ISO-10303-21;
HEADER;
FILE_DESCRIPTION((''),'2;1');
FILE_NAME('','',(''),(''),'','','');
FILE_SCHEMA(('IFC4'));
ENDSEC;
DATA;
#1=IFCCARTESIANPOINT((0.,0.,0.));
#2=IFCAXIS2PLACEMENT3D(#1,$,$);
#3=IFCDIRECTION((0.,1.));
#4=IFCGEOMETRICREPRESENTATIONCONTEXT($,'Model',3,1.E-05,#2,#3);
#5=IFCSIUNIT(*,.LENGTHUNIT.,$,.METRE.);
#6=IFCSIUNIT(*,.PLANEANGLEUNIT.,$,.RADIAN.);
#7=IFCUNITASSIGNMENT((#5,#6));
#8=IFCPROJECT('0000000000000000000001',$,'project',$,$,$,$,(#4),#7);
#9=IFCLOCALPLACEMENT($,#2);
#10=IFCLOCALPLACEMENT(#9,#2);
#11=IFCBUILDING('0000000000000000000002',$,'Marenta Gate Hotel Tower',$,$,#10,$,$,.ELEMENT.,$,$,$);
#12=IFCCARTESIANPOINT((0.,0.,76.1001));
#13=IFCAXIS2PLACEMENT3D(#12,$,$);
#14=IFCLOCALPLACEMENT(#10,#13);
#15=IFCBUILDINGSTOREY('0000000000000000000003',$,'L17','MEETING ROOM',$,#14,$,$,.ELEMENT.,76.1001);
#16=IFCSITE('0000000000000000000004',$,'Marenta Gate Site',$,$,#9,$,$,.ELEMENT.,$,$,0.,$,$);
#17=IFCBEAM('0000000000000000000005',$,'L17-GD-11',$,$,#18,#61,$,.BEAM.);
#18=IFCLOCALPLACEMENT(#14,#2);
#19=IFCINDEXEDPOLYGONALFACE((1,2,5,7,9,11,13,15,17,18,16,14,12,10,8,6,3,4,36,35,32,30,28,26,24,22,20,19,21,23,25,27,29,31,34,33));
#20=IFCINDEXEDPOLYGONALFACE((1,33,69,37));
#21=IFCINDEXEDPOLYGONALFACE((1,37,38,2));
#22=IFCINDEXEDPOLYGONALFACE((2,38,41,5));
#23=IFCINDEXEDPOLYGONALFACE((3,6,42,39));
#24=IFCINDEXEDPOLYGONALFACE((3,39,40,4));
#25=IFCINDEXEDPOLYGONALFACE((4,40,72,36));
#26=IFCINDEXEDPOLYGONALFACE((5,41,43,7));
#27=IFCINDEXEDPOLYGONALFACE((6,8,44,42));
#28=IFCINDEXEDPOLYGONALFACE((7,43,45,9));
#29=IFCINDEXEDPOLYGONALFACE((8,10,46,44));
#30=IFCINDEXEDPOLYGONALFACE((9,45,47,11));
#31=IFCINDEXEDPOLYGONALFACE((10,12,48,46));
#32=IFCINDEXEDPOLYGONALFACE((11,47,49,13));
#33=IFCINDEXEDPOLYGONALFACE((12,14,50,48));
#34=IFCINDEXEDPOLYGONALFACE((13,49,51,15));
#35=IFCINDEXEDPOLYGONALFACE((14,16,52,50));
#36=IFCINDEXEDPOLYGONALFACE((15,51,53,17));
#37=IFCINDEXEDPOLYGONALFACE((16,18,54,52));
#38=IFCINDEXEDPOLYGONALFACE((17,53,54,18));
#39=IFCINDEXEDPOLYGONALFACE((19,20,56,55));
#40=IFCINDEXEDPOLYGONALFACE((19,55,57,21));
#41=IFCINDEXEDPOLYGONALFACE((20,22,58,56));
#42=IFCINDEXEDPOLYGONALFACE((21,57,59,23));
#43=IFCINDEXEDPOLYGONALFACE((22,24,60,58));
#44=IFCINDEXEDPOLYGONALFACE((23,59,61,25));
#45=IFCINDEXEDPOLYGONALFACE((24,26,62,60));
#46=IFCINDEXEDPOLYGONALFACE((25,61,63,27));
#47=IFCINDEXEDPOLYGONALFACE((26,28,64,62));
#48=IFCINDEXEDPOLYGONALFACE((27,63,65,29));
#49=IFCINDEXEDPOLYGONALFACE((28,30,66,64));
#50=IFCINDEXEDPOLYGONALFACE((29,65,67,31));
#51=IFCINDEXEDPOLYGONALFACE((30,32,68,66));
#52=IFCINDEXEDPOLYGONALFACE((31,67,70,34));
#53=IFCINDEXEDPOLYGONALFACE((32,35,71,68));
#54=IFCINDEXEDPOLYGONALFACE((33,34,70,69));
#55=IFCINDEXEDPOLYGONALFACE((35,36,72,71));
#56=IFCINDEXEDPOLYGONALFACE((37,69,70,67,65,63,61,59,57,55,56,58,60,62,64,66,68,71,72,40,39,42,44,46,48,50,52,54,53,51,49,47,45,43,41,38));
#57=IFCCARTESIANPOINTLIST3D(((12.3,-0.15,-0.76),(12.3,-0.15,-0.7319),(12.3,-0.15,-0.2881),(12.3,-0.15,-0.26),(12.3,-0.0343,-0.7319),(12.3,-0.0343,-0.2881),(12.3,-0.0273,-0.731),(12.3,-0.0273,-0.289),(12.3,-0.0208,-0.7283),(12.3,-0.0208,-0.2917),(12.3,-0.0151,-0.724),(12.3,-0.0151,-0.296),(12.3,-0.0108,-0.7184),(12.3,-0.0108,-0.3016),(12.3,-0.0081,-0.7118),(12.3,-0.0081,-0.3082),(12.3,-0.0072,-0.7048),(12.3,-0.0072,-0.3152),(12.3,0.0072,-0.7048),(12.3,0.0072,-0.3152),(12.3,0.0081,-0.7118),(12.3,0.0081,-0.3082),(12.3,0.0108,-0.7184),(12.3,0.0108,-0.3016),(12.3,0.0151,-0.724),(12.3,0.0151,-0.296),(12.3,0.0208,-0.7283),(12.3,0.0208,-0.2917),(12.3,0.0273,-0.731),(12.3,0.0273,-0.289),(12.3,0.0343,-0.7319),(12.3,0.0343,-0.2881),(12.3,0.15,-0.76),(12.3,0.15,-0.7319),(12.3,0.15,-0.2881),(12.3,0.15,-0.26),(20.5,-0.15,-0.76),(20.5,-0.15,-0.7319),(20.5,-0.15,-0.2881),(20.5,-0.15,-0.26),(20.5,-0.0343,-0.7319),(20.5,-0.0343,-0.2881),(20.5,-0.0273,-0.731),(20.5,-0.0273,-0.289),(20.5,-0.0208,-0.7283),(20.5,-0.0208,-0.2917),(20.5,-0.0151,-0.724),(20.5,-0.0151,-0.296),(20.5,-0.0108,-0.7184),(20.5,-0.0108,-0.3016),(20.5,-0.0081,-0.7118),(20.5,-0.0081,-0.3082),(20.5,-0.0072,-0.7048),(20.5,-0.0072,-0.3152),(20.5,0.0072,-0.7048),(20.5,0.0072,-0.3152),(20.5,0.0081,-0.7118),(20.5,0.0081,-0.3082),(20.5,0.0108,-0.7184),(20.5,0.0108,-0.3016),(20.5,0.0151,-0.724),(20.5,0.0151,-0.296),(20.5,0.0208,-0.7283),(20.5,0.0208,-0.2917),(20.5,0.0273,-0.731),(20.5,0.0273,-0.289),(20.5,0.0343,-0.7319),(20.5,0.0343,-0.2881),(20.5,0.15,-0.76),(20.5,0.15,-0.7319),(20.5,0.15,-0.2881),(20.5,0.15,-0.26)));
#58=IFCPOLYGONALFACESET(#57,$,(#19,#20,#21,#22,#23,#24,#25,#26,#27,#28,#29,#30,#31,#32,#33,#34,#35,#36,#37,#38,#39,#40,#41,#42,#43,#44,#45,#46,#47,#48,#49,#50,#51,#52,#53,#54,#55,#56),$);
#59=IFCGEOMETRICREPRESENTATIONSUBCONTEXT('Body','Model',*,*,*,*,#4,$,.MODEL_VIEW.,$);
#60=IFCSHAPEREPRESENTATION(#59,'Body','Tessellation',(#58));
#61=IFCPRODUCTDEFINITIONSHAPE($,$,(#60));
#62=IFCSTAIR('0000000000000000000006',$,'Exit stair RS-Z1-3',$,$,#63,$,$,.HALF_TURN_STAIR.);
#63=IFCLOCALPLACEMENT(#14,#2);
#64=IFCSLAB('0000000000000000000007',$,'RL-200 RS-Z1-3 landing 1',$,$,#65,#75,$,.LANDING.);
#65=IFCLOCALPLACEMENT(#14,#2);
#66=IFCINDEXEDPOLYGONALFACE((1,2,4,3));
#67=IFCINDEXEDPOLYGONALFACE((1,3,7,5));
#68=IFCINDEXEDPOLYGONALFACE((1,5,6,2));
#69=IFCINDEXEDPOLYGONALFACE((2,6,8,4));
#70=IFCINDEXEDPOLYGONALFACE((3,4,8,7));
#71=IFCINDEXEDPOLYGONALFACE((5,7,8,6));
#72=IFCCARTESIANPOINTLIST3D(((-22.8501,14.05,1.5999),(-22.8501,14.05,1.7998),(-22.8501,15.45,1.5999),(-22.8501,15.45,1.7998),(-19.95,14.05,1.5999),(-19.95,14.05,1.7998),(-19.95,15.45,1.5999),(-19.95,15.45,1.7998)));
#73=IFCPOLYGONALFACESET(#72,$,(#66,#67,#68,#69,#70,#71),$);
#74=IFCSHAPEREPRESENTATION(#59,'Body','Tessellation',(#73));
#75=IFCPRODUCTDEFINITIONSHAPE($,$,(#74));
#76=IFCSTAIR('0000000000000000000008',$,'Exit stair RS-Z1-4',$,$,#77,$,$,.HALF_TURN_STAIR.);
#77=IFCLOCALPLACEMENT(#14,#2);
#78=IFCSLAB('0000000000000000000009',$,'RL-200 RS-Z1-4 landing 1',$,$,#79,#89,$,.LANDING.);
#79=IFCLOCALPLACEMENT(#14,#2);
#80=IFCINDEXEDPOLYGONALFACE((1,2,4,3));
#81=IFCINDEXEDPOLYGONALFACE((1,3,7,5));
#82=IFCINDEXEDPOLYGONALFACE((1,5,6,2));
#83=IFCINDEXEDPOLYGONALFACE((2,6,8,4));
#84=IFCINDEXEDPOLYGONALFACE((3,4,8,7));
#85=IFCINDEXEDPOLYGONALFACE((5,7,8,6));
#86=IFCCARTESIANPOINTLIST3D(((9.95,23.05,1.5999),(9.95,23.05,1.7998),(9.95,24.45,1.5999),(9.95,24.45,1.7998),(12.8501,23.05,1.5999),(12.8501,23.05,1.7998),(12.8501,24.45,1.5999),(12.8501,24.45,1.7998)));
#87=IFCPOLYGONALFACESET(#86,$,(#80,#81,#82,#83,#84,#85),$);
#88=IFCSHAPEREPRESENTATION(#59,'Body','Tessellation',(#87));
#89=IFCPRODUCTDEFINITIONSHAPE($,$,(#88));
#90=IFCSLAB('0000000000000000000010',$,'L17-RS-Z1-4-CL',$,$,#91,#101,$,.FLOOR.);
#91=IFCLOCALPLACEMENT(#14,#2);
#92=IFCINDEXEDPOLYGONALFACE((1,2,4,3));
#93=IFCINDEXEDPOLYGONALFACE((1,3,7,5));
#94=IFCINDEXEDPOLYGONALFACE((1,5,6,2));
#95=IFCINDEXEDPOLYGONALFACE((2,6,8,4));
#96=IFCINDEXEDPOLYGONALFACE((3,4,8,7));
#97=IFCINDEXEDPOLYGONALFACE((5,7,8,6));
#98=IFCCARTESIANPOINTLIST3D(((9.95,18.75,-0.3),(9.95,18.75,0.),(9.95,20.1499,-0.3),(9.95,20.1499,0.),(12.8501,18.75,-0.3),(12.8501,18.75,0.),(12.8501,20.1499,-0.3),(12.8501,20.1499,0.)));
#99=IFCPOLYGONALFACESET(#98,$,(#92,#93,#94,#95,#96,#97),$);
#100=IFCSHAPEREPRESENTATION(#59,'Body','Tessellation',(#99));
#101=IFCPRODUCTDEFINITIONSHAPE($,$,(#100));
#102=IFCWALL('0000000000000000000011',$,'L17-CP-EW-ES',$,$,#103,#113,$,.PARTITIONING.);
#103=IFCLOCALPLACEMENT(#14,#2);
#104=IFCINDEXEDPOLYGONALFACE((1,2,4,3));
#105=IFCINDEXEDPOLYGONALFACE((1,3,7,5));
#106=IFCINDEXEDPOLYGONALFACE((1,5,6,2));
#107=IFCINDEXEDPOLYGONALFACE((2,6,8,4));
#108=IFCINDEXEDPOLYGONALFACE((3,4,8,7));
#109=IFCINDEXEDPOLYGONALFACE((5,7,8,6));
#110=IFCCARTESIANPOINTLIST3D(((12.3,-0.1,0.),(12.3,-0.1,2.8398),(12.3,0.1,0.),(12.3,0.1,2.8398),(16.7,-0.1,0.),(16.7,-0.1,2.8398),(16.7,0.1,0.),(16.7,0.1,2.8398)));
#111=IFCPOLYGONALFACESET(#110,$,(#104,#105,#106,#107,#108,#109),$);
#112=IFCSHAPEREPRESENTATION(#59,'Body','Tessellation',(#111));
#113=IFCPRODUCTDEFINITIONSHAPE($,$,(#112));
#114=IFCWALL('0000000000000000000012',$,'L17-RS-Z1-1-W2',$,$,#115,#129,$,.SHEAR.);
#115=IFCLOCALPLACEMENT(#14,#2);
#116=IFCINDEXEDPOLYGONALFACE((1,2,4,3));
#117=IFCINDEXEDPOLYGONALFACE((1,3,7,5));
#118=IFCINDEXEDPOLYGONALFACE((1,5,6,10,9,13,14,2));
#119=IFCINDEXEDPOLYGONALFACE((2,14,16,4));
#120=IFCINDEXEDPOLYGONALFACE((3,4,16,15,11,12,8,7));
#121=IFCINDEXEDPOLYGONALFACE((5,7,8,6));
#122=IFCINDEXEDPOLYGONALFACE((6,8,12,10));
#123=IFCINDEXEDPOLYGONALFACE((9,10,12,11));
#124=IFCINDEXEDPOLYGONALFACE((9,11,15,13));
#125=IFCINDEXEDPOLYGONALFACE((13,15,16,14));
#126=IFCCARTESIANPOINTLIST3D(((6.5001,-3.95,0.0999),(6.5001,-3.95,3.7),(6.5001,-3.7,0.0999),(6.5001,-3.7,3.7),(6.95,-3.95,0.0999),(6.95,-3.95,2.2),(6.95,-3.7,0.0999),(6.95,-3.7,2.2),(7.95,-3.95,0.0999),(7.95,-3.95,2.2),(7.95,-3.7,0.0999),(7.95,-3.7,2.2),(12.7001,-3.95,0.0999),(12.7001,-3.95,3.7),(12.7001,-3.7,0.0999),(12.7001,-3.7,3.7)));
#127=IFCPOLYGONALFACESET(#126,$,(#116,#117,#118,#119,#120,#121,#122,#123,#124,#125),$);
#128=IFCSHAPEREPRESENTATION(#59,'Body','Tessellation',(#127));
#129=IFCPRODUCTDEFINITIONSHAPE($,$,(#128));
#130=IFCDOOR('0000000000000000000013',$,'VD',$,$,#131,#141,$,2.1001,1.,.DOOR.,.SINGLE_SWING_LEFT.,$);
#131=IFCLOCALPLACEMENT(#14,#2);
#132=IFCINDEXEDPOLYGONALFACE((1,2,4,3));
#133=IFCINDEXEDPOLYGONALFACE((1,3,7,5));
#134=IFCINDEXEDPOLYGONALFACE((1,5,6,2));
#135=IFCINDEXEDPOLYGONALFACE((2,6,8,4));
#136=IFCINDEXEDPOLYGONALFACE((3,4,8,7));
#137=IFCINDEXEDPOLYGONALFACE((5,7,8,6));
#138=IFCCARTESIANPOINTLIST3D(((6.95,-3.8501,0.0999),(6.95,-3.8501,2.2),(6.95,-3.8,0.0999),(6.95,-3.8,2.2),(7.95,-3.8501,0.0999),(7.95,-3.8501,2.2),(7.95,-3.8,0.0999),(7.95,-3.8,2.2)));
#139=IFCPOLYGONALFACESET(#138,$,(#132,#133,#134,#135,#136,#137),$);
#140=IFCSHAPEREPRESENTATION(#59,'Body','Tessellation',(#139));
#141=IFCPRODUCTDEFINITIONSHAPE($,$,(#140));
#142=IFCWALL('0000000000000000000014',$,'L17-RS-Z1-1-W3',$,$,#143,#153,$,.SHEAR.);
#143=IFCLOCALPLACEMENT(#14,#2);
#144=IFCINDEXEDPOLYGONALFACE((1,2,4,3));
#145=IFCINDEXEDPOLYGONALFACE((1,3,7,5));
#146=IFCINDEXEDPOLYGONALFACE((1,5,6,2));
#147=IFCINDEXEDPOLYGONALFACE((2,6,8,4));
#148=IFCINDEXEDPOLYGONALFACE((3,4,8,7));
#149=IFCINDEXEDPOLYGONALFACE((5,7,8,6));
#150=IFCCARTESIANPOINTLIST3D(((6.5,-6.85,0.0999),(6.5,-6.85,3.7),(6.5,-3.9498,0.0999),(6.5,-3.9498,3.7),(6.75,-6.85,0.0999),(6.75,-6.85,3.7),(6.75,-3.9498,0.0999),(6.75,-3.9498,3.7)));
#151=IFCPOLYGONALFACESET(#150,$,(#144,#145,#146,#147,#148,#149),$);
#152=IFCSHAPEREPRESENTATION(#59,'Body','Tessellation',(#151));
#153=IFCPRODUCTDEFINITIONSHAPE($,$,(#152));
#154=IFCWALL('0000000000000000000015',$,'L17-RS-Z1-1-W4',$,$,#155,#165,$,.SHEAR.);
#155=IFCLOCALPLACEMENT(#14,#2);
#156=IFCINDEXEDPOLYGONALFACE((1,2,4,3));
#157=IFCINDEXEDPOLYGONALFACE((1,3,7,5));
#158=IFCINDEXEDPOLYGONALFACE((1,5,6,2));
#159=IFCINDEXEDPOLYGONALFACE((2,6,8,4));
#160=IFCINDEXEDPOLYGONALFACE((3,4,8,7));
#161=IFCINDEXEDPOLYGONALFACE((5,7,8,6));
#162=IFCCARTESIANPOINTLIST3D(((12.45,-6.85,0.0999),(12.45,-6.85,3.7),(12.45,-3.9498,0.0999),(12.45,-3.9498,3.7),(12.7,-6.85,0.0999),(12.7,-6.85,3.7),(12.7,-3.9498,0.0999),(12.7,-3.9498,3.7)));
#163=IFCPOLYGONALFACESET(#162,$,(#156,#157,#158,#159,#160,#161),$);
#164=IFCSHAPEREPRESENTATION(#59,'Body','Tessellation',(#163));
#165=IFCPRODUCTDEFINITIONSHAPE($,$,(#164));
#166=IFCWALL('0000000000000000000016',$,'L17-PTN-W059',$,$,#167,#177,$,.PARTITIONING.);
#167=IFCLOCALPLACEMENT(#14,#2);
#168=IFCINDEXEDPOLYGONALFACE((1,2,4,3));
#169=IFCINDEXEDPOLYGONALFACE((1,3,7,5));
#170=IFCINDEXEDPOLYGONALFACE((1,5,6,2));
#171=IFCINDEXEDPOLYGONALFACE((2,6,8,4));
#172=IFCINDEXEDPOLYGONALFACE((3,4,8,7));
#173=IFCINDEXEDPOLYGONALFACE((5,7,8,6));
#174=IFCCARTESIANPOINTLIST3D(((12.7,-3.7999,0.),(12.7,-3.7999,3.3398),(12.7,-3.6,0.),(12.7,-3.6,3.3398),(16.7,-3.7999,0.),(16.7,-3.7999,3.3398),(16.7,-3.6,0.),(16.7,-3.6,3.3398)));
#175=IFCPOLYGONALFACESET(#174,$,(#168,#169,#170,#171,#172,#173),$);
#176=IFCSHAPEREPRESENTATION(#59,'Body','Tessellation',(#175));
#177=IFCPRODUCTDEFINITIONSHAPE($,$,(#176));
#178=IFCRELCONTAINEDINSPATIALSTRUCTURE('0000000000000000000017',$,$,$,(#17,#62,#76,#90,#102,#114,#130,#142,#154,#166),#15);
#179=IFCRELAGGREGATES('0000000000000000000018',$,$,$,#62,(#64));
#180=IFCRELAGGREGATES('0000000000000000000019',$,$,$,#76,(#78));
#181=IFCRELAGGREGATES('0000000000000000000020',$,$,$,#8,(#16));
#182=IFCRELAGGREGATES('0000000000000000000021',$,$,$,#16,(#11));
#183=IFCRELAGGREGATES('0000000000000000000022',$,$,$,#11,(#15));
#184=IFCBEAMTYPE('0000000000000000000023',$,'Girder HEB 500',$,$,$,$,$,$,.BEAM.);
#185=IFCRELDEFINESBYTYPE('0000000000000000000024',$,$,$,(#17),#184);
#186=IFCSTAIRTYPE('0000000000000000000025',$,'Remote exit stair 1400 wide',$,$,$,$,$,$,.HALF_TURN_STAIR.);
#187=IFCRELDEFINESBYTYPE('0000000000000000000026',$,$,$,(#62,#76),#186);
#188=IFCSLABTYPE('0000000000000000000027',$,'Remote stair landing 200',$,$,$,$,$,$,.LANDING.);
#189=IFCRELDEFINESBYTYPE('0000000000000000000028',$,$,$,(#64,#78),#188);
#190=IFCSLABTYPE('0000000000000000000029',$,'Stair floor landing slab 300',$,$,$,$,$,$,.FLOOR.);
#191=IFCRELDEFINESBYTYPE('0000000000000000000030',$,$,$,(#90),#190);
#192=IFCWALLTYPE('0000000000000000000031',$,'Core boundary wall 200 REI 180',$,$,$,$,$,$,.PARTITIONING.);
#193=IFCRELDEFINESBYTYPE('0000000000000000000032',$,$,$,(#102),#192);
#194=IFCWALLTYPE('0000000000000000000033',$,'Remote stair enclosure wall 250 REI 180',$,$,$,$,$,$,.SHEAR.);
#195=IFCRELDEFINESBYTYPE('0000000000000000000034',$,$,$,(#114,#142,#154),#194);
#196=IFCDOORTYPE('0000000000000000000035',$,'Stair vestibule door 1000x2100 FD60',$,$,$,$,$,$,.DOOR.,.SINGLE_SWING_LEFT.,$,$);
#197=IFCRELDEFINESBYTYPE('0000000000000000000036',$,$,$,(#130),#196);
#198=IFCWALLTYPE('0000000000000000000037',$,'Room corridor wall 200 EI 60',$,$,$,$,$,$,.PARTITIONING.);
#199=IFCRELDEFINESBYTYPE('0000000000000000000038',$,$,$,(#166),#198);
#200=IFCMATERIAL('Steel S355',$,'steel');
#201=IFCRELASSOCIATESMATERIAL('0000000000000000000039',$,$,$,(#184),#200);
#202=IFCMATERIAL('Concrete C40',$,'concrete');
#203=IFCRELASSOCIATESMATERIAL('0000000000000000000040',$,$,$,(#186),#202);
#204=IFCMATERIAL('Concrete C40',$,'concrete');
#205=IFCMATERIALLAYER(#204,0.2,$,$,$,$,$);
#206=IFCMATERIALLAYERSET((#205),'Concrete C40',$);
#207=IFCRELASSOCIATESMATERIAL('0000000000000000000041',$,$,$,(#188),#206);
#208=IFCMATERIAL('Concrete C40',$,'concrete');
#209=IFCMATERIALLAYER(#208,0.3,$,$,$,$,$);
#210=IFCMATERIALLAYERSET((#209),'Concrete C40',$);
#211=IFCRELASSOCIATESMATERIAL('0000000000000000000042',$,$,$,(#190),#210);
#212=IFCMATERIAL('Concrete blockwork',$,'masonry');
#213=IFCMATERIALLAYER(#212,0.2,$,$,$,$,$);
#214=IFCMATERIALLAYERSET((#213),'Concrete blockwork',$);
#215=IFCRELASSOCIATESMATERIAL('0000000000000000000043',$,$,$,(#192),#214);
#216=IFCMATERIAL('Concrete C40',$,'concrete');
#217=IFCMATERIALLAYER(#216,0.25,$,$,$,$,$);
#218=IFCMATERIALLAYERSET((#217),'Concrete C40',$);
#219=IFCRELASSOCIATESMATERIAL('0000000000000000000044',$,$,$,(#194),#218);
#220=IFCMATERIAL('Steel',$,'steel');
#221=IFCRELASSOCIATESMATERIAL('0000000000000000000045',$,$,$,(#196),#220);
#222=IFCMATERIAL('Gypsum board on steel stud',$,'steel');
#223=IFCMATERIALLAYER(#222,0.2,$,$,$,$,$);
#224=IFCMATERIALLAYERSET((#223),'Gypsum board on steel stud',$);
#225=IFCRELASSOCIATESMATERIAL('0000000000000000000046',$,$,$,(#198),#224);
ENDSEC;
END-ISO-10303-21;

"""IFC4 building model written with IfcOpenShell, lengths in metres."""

from ifc_helpers import new_model, si_unit, direction, frame, frame_2d, origin, origin_2d, place, context, subcontext, project, spatial, polyline, rectangle, i_section, outline, extrude, material, layer, layer_set, material_profile, profile_set, type_object, element, fill, aggregate, save


model = new_model("IFC4")

# Units and contexts
model_context = context("Model", 3, precision=1e-05, world=origin(), true_north=direction((0.0, 1.0)))
body_context = subcontext(model_context, "Body", "Model", "MODEL_VIEW")
ifc_project = project(units=[si_unit("LENGTHUNIT", "METRE"), si_unit("PLANEANGLEUNIT", "RADIAN")], contexts=[model_context])

# Site, building, storey
site_placement = place(None, origin())
site = spatial("IfcSite", under=ifc_project, at=site_placement, Name="Marenta Gate Site", CompositionType="ELEMENT", RefElevation=0.0)
building_placement = place(site_placement, origin())
building = spatial("IfcBuilding", under=site, at=building_placement, Name="Marenta Gate Hotel Tower", CompositionType="ELEMENT")
storey_placement = place(building_placement, frame((0.0, 0.0, 76.1001)))
storey = spatial("IfcBuildingStorey", under=building, at=storey_placement, Name="L17", Description="MEETING ROOM", CompositionType="ELEMENT", Elevation=76.1001)

# Beam
ifc_material_1 = material(Name="Steel S355", Category="steel")
ifc_material_profile = material_profile(ifc_material_1, i_section(OverallWidth=0.3, OverallDepth=0.5, WebThickness=0.0144, FlangeThickness=0.0281, FilletRadius=0.0271, at=origin_2d()), Name="HEB 500")
ifc_profile_set = profile_set([ifc_material_profile], Name="Steel S355")
beam_type = type_object("IfcBeamType", Name="Girder HEB 500", PredefinedType="BEAM", material=ifc_profile_set)
beam_placement = place(storey_placement, frame((12.3, 0.0, -0.51), z_axis=(1.0, 0.0, 0.0), x_axis=(0.0, 1.0, 0.0)))
element("IfcBeam", 1, at=beam_placement, inside=storey, type_object=beam_type, Name="L17-GD-11", PredefinedType="BEAM", context=body_context, shape_type="SweptSolid", body=[
    extrude(i_section(OverallWidth=0.3, OverallDepth=0.5, WebThickness=0.0144, FlangeThickness=0.0281, FilletRadius=0.0271, at=origin_2d()), origin(), (0.0, 0.0, 1.0), 8.2),
])

# Stairs, slabs
ifc_material_2 = material(Name="Concrete C40", Category="concrete")
stair_type = type_object("IfcStairType", Name="Remote exit stair 1400 wide", PredefinedType="HALF_TURN_STAIR", material=ifc_material_2)
stair_1_placement = place(storey_placement, origin())
stair_1 = element("IfcStair", 2, at=stair_1_placement, inside=storey, type_object=stair_type, Name="Exit stair RS-Z1-3", PredefinedType="HALF_TURN_STAIR")
ifc_material_3 = material(Name="Concrete C40", Category="concrete")
ifc_layer_1 = layer(ifc_material_3, 0.2)
ifc_layer_set_1 = layer_set([ifc_layer_1], Name="Concrete C40")
slab_type_1 = type_object("IfcSlabType", Name="Remote stair landing 200", PredefinedType="LANDING", material=ifc_layer_set_1)
slab_1_placement = place(storey_placement, frame((0.0, 0.0, 1.5999)))
slab_1 = element("IfcSlab", 3, at=slab_1_placement, type_object=slab_type_1, Name="RL-200 RS-Z1-3 landing 1", PredefinedType="LANDING", context=body_context, shape_type="SweptSolid", body=[
    extrude(outline(polyline([(-22.8501, 14.05), (-19.95, 14.05), (-19.95, 15.45), (-22.8501, 15.45), (-22.8501, 14.05)])), origin(), (0.0, 0.0, 1.0), 0.2),
])
aggregate(stair_1, [slab_1])
stair_2_placement = place(storey_placement, origin())
stair_2 = element("IfcStair", 4, at=stair_2_placement, inside=storey, type_object=stair_type, Name="Exit stair RS-Z1-4", PredefinedType="HALF_TURN_STAIR")
slab_2_placement = place(storey_placement, frame((0.0, 0.0, 1.5999)))
slab_2 = element("IfcSlab", 5, at=slab_2_placement, type_object=slab_type_1, Name="RL-200 RS-Z1-4 landing 1", PredefinedType="LANDING", context=body_context, shape_type="SweptSolid", body=[
    extrude(outline(polyline([(9.95, 23.05), (12.8501, 23.05), (12.8501, 24.45), (9.95, 24.45), (9.95, 23.05)])), origin(), (0.0, 0.0, 1.0), 0.2),
])
aggregate(stair_2, [slab_2])

# Slab
ifc_material_4 = material(Name="Concrete C40", Category="concrete")
ifc_layer_2 = layer(ifc_material_4, 0.3)
ifc_layer_set_2 = layer_set([ifc_layer_2], Name="Concrete C40")
slab_type_2 = type_object("IfcSlabType", Name="Stair floor landing slab 300", PredefinedType="FLOOR", material=ifc_layer_set_2)
slab_3_placement = place(storey_placement, frame((0.0, 0.0, -0.3)))
element("IfcSlab", 6, at=slab_3_placement, inside=storey, type_object=slab_type_2, Name="L17-RS-Z1-4-CL", PredefinedType="FLOOR", context=body_context, shape_type="SweptSolid", body=[
    extrude(outline(polyline([(12.8501, 18.75), (12.8501, 20.1499), (9.95, 20.1499), (9.95, 18.75), (12.8501, 18.75)])), origin(), (0.0, 0.0, 1.0), 0.3),
])

# Wall
ifc_material_5 = material(Name="Concrete blockwork", Category="masonry")
ifc_layer_3 = layer(ifc_material_5, 0.2)
ifc_layer_set_3 = layer_set([ifc_layer_3], Name="Concrete blockwork")
wall_type_1 = type_object("IfcWallType", Name="Core boundary wall 200 REI 180", PredefinedType="PARTITIONING", material=ifc_layer_set_3)
wall_1_placement = place(storey_placement, frame((12.3, 0.0, 0.0), z_axis=(0.0, 0.0, 1.0), x_axis=(1.0, 0.0, 0.0)))
element("IfcWall", 7, at=wall_1_placement, inside=storey, type_object=wall_type_1, Name="L17-CP-EW-ES", PredefinedType="PARTITIONING", context=body_context, shape_type="SweptSolid", body=[
    extrude(rectangle(XDim=4.3999, YDim=0.2, at=frame_2d((2.2, 0.0))), origin(), (0.0, 0.0, 1.0), 2.8398),
])

# Wall, opening, door
ifc_material_6 = material(Name="Concrete C40", Category="concrete")
ifc_layer_4 = layer(ifc_material_6, 0.25)
ifc_layer_set_4 = layer_set([ifc_layer_4], Name="Concrete C40")
wall_type_2 = type_object("IfcWallType", Name="Remote stair enclosure wall 250 REI 180", PredefinedType="SHEAR", material=ifc_layer_set_4)
wall_2_placement = place(storey_placement, frame((6.5, -3.825, 0.0999), z_axis=(0.0, 0.0, 1.0), x_axis=(1.0, 0.0, 0.0)))
wall_2 = element("IfcWall", 8, at=wall_2_placement, inside=storey, type_object=wall_type_2, Name="L17-RS-Z1-1-W2", PredefinedType="SHEAR", context=body_context, shape_type="SweptSolid", body=[
    extrude(rectangle(XDim=6.2, YDim=0.25, at=frame_2d((3.1001, 0.0))), origin(), (0.0, 0.0, 1.0), 3.6001),
])
opening_1_placement = place(wall_2_placement, frame((0.45, 0.0, 0.0)))
opening_1 = element("IfcOpeningElement", 9, at=opening_1_placement, cuts=wall_2, PredefinedType="OPENING", context=body_context, shape_type="SweptSolid", body=[
    extrude(rectangle(XDim=1.0, YDim=2.1001, at=frame_2d((0.5, 1.05))), frame((0.0, 0.125, 0.0), z_axis=(0.0, -1.0, 0.0), x_axis=(1.0, 0.0, 0.0)), (0.0, 0.0, 1.0), 0.25),
])
ifc_material_7 = material(Name="Steel", Category="steel")
door_type_1 = type_object("IfcDoorType", Name="Stair vestibule door 1000x2100 FD60", OperationType="SINGLE_SWING_LEFT", PredefinedType="DOOR", material=ifc_material_7)
door_1_placement = place(opening_1_placement, origin())
door_1 = element("IfcDoor", 10, at=door_1_placement, inside=storey, type_object=door_type_1, Name="VD", OperationType="SINGLE_SWING_LEFT", OverallHeight=2.1001, OverallWidth=1.0, PredefinedType="DOOR", context=body_context, shape_type="SweptSolid", body=[
    extrude(rectangle(XDim=1.0, YDim=2.1001, at=frame_2d((0.5, 1.05))), frame((0.0, 0.0249, 0.0), z_axis=(0.0, -1.0, 0.0), x_axis=(1.0, 0.0, 0.0)), (0.0, 0.0, 1.0), 0.05),
])
fill(opening_1, door_1)

# Walls
for number, where, z_axis, x_axis, name in (
    (11, (6.625, -6.8501, 0.0999), (0.0, 0.0, 1.0), (0.0, 1.0, 0.0), "L17-RS-Z1-1-W3"),
    (12, (12.575, -6.8501, 0.0999), (0.0, 0.0, 1.0), (0.0, 1.0, 0.0), "L17-RS-Z1-1-W4"),
):
    element("IfcWall", number, at=place(storey_placement, frame(where, z_axis=z_axis, x_axis=x_axis)), inside=storey, type_object=wall_type_2, Name=name, PredefinedType="SHEAR", context=body_context, shape_type="SweptSolid", body=[
        extrude(rectangle(XDim=2.9001, YDim=0.25, at=frame_2d((1.4502, 0.0))), origin(), (0.0, 0.0, 1.0), 3.6001),
    ])
ifc_material_8 = material(Name="Gypsum board on steel stud", Category="steel")
ifc_layer_5 = layer(ifc_material_8, 0.2)
ifc_layer_set_5 = layer_set([ifc_layer_5], Name="Gypsum board on steel stud")
wall_type_3 = type_object("IfcWallType", Name="Room corridor wall 200 EI 60", PredefinedType="PARTITIONING", material=ifc_layer_set_5)
wall_3_placement = place(storey_placement, frame((12.7, -3.7, 0.0), z_axis=(0.0, 0.0, 1.0), x_axis=(1.0, 0.0, 0.0)))
element("IfcWall", 13, at=wall_3_placement, inside=storey, type_object=wall_type_3, Name="L17-PTN-W059", PredefinedType="PARTITIONING", context=body_context, shape_type="SweptSolid", body=[
    extrude(rectangle(XDim=4.0, YDim=0.2, at=frame_2d((2.0, 0.0))), origin(), (0.0, 0.0, 1.0), 3.3398),
])

save(model, "model.ifc")
